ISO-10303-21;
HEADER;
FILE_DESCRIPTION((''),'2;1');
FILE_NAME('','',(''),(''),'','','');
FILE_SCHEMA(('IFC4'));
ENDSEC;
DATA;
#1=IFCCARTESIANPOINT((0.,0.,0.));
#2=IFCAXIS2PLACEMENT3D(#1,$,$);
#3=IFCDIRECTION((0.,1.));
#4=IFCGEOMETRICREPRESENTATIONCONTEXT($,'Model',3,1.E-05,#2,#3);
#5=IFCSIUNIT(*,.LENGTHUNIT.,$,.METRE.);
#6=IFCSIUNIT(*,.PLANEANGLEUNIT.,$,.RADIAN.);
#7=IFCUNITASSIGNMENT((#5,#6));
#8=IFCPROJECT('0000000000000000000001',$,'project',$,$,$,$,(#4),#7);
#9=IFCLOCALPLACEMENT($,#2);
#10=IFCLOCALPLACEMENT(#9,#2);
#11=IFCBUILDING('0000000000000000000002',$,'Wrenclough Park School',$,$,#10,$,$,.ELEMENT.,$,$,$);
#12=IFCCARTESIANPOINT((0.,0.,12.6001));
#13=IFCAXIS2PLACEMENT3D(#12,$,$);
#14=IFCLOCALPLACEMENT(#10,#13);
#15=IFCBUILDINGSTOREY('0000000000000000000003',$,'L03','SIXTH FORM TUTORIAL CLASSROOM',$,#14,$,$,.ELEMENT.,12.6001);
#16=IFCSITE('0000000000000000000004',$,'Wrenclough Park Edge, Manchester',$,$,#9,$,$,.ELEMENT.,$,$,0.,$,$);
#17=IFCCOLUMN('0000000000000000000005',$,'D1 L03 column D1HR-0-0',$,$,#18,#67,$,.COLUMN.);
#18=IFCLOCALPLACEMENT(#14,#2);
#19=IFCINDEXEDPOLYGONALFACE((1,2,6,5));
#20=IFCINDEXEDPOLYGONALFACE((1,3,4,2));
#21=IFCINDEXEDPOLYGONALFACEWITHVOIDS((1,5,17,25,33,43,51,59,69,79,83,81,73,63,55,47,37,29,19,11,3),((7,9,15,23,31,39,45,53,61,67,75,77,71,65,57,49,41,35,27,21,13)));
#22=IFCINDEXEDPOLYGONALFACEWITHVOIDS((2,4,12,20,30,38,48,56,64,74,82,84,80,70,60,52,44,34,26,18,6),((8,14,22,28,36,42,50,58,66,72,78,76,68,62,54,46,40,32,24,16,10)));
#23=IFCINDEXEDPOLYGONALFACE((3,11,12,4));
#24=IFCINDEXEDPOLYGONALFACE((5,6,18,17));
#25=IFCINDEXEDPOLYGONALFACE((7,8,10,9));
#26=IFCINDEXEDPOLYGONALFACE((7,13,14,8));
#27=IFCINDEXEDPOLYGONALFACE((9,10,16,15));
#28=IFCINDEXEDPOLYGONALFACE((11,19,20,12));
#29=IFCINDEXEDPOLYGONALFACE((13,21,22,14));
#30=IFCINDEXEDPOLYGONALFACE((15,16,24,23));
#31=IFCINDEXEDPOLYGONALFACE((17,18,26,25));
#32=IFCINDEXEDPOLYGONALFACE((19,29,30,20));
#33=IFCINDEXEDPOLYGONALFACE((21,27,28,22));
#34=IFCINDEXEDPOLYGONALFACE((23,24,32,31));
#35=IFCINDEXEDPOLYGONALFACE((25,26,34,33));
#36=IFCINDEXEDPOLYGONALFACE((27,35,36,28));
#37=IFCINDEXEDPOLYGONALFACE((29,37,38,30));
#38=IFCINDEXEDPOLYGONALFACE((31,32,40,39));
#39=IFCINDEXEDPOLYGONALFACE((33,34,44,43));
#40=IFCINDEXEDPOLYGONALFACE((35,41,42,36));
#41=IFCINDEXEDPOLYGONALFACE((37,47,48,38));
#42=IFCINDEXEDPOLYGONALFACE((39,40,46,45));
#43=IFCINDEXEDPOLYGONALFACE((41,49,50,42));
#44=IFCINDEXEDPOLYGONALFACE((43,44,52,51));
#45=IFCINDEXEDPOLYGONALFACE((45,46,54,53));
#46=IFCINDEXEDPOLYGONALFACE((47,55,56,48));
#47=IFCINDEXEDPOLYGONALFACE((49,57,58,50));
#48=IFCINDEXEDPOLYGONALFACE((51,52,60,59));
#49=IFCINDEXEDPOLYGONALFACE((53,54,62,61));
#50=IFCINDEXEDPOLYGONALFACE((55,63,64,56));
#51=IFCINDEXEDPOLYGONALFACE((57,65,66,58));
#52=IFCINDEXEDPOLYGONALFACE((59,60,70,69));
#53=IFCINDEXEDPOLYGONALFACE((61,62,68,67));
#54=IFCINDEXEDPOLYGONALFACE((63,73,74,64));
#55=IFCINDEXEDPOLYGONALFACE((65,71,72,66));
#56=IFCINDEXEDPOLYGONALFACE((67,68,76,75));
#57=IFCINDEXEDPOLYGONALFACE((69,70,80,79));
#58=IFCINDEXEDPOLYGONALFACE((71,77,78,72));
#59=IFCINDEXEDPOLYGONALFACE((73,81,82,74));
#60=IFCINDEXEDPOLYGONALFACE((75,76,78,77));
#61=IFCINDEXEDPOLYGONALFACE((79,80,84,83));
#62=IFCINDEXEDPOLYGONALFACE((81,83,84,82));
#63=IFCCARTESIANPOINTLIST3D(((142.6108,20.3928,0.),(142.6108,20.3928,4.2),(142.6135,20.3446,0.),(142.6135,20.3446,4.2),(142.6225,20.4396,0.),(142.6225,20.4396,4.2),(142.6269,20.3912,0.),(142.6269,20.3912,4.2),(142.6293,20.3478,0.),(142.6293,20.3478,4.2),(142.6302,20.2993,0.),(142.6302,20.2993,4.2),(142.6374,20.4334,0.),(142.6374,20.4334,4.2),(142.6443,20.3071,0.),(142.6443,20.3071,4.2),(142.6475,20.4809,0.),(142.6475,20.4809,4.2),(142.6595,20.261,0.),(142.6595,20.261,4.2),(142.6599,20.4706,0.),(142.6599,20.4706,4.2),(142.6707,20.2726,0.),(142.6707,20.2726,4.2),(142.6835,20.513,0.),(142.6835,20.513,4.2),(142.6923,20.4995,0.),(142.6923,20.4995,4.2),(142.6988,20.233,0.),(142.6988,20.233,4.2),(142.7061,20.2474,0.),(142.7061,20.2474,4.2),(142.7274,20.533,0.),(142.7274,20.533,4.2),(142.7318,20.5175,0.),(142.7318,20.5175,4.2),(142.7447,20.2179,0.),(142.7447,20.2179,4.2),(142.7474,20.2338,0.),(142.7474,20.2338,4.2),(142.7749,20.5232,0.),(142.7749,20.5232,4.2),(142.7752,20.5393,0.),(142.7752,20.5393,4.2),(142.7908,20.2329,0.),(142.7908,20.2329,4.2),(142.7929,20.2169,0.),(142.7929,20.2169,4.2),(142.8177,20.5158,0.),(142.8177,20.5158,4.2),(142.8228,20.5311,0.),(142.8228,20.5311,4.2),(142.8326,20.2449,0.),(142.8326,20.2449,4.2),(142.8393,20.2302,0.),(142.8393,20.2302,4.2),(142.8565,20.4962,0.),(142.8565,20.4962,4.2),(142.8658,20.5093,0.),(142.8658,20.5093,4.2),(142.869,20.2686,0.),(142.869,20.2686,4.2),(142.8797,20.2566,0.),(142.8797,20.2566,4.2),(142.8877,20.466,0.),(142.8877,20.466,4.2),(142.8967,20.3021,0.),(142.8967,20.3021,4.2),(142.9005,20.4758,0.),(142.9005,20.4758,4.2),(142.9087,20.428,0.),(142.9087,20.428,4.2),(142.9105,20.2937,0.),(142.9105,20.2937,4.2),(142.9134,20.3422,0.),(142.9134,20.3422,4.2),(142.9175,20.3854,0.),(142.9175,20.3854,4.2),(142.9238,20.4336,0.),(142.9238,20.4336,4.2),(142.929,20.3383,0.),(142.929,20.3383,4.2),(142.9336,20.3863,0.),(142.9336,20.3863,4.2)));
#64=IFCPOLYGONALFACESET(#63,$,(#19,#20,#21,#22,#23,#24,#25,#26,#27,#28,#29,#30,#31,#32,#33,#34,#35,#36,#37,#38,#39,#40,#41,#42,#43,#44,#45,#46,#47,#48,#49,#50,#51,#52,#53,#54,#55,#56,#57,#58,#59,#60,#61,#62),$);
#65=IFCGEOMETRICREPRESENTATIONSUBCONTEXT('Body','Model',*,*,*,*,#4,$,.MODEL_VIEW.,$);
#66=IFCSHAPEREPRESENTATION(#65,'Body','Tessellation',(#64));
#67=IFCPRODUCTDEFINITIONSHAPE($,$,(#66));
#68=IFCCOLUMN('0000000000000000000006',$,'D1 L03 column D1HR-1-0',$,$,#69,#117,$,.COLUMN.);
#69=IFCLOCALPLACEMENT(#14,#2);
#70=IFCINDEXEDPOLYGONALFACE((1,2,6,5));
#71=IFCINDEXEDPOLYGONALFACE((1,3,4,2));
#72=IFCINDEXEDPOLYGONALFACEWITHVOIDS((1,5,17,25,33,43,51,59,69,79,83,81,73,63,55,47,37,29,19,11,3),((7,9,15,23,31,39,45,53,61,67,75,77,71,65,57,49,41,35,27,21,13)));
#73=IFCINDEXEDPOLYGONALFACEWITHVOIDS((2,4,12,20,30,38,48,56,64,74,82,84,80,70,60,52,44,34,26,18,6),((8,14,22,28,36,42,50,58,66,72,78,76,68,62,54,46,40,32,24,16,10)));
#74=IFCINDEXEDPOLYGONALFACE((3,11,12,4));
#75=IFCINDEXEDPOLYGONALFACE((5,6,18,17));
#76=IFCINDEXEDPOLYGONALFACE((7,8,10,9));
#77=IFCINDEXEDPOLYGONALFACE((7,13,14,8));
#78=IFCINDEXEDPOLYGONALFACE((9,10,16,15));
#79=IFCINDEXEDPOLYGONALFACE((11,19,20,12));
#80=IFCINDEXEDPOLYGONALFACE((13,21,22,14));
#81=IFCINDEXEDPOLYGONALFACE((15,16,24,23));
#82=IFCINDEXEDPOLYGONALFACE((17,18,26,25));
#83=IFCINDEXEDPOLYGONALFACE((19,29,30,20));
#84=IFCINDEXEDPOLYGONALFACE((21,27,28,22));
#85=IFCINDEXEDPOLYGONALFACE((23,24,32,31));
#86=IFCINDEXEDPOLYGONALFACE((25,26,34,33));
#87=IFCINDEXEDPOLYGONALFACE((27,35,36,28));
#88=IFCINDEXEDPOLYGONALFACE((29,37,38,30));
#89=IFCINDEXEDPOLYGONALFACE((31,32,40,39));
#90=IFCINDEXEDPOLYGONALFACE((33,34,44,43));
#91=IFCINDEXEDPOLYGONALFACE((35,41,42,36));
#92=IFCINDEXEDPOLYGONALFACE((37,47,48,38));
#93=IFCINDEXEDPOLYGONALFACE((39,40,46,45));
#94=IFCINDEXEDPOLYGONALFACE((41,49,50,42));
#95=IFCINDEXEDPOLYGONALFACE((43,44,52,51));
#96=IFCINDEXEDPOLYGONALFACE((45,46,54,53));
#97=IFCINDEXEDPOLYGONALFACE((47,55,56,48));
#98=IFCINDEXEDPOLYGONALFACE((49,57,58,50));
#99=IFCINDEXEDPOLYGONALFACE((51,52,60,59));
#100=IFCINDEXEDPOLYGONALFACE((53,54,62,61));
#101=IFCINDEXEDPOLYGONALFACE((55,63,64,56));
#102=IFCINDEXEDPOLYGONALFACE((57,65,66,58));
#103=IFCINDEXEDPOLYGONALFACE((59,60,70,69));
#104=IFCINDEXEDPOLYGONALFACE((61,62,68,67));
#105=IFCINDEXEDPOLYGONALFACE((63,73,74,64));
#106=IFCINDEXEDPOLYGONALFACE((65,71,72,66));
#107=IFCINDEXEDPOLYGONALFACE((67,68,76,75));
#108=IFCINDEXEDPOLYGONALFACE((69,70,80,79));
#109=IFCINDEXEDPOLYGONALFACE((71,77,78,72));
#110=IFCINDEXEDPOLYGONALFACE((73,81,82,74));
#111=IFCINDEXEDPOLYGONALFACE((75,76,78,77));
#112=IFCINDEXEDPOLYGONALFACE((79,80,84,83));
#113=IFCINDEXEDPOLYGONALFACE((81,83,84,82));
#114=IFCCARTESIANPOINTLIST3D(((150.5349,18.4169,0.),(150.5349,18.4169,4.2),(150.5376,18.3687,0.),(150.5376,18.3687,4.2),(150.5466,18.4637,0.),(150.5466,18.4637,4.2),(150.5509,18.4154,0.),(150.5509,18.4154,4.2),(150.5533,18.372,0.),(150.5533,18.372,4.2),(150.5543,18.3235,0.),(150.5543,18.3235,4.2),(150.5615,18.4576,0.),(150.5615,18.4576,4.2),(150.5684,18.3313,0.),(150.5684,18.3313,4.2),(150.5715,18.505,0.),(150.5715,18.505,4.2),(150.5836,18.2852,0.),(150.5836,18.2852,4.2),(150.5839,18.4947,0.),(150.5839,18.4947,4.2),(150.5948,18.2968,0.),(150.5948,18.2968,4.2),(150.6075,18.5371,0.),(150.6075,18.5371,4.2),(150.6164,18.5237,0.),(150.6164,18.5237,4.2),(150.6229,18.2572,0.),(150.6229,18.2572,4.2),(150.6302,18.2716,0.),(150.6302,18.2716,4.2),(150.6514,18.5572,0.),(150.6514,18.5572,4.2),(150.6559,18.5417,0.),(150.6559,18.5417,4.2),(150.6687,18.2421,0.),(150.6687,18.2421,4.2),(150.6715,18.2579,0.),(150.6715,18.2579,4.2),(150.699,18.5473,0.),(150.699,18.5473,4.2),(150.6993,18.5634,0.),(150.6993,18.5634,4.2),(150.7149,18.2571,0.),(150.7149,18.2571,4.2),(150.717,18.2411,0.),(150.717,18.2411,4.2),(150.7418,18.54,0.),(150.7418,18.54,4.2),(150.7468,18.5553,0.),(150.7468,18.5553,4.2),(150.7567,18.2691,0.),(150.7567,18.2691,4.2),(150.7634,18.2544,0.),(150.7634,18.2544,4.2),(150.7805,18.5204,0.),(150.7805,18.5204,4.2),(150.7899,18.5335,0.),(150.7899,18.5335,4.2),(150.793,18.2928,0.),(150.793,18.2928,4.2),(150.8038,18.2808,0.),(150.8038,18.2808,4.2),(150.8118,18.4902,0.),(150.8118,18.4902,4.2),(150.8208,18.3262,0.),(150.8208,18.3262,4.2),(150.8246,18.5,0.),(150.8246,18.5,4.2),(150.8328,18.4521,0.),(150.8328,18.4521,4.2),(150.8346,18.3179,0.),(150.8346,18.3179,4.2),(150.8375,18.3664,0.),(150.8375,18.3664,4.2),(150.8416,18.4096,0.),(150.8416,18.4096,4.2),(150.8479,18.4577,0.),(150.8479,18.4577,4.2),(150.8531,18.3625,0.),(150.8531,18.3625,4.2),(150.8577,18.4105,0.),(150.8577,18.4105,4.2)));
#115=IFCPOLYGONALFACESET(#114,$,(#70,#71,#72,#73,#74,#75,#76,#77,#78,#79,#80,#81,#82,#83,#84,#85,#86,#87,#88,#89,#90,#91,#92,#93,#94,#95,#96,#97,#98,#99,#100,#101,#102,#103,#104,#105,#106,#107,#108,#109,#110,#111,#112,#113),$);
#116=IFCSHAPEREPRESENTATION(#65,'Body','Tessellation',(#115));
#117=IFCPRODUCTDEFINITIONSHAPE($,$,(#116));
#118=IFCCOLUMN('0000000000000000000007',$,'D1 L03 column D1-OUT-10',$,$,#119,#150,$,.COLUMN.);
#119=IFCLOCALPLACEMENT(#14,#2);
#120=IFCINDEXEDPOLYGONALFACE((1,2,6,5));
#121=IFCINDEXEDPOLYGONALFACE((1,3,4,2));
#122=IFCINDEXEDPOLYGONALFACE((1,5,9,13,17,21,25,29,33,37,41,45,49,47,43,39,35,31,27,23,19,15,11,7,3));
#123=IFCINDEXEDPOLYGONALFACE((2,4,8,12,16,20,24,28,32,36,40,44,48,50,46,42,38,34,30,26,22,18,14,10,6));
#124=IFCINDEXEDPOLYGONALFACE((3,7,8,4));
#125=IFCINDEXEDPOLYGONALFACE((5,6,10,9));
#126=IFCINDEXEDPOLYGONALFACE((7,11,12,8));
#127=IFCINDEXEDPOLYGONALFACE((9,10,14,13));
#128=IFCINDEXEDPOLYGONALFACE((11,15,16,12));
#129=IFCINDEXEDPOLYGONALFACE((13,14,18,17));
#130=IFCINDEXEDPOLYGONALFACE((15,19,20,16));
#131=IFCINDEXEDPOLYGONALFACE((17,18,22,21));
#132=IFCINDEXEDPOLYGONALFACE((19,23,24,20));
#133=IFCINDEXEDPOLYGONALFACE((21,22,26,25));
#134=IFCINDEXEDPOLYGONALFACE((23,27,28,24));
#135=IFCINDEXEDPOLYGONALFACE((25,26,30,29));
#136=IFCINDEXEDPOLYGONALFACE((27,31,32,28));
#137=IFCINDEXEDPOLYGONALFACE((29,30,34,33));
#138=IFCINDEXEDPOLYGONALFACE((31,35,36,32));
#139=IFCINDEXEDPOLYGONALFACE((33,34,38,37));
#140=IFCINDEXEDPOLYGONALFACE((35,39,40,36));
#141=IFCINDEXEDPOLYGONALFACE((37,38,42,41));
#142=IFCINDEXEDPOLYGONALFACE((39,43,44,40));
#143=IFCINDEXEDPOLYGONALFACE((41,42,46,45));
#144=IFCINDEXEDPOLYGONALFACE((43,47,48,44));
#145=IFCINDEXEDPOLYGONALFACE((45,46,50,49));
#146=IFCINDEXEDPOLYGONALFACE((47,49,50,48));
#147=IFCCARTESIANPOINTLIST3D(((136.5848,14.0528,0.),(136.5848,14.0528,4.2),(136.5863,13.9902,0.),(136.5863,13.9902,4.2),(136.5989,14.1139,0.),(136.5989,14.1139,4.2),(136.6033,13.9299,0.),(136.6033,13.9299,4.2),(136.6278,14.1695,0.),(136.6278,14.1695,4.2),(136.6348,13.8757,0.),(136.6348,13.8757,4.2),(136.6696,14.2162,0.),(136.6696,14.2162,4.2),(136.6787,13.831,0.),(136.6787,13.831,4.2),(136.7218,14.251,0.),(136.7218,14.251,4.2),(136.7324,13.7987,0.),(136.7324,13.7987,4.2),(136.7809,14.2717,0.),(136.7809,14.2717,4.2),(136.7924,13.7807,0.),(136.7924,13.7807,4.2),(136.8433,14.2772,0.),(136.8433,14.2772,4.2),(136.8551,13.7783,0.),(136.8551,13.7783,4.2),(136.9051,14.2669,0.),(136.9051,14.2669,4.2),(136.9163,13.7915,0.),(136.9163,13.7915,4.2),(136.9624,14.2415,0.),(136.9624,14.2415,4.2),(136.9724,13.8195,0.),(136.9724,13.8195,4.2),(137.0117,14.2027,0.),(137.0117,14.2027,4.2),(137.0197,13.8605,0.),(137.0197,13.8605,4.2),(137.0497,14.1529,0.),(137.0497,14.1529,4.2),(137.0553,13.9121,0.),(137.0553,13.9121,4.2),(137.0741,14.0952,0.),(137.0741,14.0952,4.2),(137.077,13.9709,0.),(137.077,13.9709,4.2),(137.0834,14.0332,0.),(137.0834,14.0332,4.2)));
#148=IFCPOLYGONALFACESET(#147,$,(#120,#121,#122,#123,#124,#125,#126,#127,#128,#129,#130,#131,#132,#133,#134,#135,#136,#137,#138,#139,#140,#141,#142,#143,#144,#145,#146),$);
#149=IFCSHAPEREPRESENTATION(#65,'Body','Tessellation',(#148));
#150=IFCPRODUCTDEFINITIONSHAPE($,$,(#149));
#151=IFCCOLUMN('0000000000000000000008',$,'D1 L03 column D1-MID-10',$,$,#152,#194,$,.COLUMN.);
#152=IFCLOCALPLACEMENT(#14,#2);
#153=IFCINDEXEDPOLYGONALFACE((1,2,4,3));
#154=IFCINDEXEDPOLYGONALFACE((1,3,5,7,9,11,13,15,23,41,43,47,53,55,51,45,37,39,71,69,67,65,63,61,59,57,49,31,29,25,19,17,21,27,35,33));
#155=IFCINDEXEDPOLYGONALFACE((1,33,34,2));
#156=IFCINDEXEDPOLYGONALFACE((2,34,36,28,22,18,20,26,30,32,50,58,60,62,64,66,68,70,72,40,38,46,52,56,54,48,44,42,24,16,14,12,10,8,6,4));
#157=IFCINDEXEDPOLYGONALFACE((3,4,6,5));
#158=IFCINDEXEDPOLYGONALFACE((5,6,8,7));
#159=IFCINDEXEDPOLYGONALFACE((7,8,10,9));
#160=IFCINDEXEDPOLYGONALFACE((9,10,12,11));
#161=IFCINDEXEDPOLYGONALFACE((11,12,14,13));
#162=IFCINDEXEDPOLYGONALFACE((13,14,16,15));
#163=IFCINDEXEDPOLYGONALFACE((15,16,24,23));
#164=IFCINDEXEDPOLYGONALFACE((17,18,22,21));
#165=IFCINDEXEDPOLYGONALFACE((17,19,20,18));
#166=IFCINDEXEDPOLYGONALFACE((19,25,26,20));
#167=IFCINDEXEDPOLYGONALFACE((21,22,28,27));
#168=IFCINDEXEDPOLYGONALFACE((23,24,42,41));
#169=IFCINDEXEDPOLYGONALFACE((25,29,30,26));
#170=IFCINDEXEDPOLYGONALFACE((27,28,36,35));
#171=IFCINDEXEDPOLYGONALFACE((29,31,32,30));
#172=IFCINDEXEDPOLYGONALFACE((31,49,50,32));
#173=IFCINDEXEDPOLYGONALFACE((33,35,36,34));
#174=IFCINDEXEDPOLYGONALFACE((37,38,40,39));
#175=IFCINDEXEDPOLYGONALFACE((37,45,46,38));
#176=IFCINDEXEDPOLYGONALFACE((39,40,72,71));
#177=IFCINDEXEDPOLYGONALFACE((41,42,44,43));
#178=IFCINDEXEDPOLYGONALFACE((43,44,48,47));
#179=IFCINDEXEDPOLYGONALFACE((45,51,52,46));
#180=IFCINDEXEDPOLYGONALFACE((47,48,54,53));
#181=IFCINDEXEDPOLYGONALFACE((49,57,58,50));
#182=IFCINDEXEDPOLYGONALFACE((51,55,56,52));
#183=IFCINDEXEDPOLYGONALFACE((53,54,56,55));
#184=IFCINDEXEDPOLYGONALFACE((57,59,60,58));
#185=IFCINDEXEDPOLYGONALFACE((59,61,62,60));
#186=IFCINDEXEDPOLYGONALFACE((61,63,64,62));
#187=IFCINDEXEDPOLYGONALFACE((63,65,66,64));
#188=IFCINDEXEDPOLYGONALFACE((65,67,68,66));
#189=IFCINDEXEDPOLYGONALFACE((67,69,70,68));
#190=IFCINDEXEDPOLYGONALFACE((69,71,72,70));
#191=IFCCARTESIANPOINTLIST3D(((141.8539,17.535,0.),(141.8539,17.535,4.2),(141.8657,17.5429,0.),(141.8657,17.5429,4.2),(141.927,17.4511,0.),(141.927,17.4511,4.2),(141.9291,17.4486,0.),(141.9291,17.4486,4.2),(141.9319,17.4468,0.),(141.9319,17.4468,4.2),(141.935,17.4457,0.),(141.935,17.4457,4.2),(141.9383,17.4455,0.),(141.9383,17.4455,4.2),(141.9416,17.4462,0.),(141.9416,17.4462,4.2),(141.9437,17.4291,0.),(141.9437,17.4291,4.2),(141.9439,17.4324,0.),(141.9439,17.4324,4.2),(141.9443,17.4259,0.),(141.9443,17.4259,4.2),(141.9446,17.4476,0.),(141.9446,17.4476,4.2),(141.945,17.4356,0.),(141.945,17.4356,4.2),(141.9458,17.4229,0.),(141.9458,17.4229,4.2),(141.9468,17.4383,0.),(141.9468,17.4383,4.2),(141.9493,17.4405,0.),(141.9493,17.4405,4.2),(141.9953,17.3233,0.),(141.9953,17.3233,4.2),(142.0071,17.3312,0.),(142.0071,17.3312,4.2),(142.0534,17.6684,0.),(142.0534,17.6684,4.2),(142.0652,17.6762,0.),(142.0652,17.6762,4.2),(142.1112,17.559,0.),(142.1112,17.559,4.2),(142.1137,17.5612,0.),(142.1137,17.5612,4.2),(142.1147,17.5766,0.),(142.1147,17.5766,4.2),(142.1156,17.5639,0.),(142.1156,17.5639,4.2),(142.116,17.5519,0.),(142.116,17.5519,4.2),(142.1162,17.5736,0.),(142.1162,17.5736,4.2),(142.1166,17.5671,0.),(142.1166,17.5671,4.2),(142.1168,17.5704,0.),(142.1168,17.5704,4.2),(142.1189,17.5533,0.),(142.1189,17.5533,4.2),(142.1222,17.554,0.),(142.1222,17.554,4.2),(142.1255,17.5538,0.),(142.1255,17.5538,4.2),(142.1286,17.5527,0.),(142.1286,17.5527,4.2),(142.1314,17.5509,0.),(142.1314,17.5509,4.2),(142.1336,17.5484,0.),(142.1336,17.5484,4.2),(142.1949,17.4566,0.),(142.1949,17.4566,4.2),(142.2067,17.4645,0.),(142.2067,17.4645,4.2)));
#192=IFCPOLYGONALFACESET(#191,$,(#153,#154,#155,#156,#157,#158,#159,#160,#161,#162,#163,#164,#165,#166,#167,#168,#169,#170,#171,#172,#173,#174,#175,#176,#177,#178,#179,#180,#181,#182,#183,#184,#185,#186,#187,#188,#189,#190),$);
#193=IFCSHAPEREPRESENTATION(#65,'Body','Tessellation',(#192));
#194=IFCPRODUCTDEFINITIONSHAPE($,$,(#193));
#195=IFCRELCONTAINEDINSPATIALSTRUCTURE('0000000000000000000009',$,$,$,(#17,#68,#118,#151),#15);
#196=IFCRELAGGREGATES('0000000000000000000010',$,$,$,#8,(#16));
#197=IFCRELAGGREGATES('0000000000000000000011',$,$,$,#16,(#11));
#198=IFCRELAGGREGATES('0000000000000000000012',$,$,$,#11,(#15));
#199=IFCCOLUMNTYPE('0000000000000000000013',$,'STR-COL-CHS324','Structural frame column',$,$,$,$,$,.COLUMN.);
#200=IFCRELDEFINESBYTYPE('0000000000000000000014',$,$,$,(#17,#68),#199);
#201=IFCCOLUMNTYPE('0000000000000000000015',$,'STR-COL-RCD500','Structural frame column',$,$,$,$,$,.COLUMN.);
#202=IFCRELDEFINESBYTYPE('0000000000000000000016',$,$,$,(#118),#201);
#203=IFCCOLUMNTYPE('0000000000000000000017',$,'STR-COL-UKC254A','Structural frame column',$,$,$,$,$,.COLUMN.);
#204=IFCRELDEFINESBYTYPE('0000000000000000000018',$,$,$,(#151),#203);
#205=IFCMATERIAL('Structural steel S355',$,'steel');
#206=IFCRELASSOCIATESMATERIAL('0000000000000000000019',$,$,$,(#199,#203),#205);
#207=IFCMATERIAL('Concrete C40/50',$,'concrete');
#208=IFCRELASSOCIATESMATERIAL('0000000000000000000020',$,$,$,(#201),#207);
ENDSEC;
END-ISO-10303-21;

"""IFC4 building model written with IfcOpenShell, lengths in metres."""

from ifc_helpers import new_model, si_unit, direction, frame, origin, origin_2d, place, context, subcontext, project, spatial, circle, hollow_circle, i_section, extrude, material, material_profile, profile_set, type_object, element, save


model = new_model("IFC4")

# Units and contexts
model_context = context("Model", 3, precision=1e-05, world=origin(), true_north=direction((0.0, 1.0)))
body_context = subcontext(model_context, "Body", "Model", "MODEL_VIEW")
ifc_project = project(units=[si_unit("LENGTHUNIT", "METRE"), si_unit("PLANEANGLEUNIT", "RADIAN")], contexts=[model_context])

# Site, building, storey
site_placement = place(None, origin())
site = spatial("IfcSite", under=ifc_project, at=site_placement, Name="Wrenclough Park Edge, Manchester", CompositionType="ELEMENT", RefElevation=0.0)
building_placement = place(site_placement, origin())
building = spatial("IfcBuilding", under=site, at=building_placement, Name="Wrenclough Park School", CompositionType="ELEMENT")
storey_placement = place(building_placement, frame((0.0, 0.0, 12.6001)))
storey = spatial("IfcBuildingStorey", under=building, at=storey_placement, Name="L03", Description="SIXTH FORM TUTORIAL CLASSROOM", CompositionType="ELEMENT", Elevation=12.6001)

# Columns
ifc_material_1 = material(Name="Structural steel S355", Category="steel")
ifc_material_profile_1 = material_profile(ifc_material_1, hollow_circle(Radius=0.1619, WallThickness=0.0161, at=origin_2d()), Name="CHS 323.9x16.0")
ifc_profile_set_1 = profile_set([ifc_material_profile_1], Name="Structural steel S355")
column_type_1 = type_object("IfcColumnType", Name="STR-COL-CHS324", Description="Structural frame column", PredefinedType="COLUMN", material=ifc_profile_set_1)
for number, where, z_axis, x_axis, name in (
    (1, (142.772, 20.3774, 0.0), (0.0, 0.0, 1.0), (0.970296, -0.241922, 0.0), "D1 L03 column D1HR-0-0"),
    (2, (150.696, 18.4016, 0.0), (0.0, 0.0, 1.0), (0.970296, -0.241922, 0.0), "D1 L03 column D1HR-1-0"),
):
    element("IfcColumn", number, at=place(storey_placement, frame(where, z_axis=z_axis, x_axis=x_axis)), inside=storey, type_object=column_type_1, Name=name, PredefinedType="COLUMN", context=body_context, shape_type="SweptSolid", body=[
        extrude(hollow_circle(Radius=0.1619, WallThickness=0.0161, at=origin_2d()), origin(), (0.0, 0.0, 1.0), 4.2),
    ])
ifc_material_2 = material(Name="Concrete C40/50", Category="concrete")
ifc_material_profile_2 = material_profile(ifc_material_2, circle(Radius=0.25, at=origin_2d()), Name="RC COL D500")
ifc_profile_set_2 = profile_set([ifc_material_profile_2], Name="Concrete C40/50")
column_type_2 = type_object("IfcColumnType", Name="STR-COL-RCD500", Description="Structural frame column", PredefinedType="COLUMN", material=ifc_profile_set_2)
column_1_placement = place(storey_placement, frame((136.8335, 14.0273, 0.0), z_axis=(0.0, 0.0, 1.0), x_axis=(0.55557, -0.83147, 0.0)))
element("IfcColumn", 3, at=column_1_placement, inside=storey, type_object=column_type_2, Name="D1 L03 column D1-OUT-10", PredefinedType="COLUMN", context=body_context, shape_type="SweptSolid", body=[
    extrude(circle(Radius=0.25, at=origin_2d()), origin(), (0.0, 0.0, 1.0), 4.2),
])
ifc_material_profile_3 = material_profile(ifc_material_1, i_section(OverallWidth=0.2546, OverallDepth=0.2542, WebThickness=0.0085, FlangeThickness=0.0142, FilletRadius=0.0127, at=origin_2d()), Name="UKC 254x254x73")
ifc_profile_set_3 = profile_set([ifc_material_profile_3], Name="Structural steel S355")
column_type_3 = type_object("IfcColumnType", Name="STR-COL-UKC254A", Description="Structural frame column", PredefinedType="COLUMN", material=ifc_profile_set_3)
column_2_placement = place(storey_placement, frame((142.0303, 17.4998, 0.0), z_axis=(0.0, 0.0, 1.0), x_axis=(0.55557, -0.83147, 0.0)))
element("IfcColumn", 4, at=column_2_placement, inside=storey, type_object=column_type_3, Name="D1 L03 column D1-MID-10", PredefinedType="COLUMN", context=body_context, shape_type="SweptSolid", body=[
    extrude(i_section(OverallWidth=0.2546, OverallDepth=0.2542, WebThickness=0.0085, FlangeThickness=0.0142, FilletRadius=0.0127, at=origin_2d()), origin(), (0.0, 0.0, 1.0), 4.2),
])

save(model, "model.ifc")
